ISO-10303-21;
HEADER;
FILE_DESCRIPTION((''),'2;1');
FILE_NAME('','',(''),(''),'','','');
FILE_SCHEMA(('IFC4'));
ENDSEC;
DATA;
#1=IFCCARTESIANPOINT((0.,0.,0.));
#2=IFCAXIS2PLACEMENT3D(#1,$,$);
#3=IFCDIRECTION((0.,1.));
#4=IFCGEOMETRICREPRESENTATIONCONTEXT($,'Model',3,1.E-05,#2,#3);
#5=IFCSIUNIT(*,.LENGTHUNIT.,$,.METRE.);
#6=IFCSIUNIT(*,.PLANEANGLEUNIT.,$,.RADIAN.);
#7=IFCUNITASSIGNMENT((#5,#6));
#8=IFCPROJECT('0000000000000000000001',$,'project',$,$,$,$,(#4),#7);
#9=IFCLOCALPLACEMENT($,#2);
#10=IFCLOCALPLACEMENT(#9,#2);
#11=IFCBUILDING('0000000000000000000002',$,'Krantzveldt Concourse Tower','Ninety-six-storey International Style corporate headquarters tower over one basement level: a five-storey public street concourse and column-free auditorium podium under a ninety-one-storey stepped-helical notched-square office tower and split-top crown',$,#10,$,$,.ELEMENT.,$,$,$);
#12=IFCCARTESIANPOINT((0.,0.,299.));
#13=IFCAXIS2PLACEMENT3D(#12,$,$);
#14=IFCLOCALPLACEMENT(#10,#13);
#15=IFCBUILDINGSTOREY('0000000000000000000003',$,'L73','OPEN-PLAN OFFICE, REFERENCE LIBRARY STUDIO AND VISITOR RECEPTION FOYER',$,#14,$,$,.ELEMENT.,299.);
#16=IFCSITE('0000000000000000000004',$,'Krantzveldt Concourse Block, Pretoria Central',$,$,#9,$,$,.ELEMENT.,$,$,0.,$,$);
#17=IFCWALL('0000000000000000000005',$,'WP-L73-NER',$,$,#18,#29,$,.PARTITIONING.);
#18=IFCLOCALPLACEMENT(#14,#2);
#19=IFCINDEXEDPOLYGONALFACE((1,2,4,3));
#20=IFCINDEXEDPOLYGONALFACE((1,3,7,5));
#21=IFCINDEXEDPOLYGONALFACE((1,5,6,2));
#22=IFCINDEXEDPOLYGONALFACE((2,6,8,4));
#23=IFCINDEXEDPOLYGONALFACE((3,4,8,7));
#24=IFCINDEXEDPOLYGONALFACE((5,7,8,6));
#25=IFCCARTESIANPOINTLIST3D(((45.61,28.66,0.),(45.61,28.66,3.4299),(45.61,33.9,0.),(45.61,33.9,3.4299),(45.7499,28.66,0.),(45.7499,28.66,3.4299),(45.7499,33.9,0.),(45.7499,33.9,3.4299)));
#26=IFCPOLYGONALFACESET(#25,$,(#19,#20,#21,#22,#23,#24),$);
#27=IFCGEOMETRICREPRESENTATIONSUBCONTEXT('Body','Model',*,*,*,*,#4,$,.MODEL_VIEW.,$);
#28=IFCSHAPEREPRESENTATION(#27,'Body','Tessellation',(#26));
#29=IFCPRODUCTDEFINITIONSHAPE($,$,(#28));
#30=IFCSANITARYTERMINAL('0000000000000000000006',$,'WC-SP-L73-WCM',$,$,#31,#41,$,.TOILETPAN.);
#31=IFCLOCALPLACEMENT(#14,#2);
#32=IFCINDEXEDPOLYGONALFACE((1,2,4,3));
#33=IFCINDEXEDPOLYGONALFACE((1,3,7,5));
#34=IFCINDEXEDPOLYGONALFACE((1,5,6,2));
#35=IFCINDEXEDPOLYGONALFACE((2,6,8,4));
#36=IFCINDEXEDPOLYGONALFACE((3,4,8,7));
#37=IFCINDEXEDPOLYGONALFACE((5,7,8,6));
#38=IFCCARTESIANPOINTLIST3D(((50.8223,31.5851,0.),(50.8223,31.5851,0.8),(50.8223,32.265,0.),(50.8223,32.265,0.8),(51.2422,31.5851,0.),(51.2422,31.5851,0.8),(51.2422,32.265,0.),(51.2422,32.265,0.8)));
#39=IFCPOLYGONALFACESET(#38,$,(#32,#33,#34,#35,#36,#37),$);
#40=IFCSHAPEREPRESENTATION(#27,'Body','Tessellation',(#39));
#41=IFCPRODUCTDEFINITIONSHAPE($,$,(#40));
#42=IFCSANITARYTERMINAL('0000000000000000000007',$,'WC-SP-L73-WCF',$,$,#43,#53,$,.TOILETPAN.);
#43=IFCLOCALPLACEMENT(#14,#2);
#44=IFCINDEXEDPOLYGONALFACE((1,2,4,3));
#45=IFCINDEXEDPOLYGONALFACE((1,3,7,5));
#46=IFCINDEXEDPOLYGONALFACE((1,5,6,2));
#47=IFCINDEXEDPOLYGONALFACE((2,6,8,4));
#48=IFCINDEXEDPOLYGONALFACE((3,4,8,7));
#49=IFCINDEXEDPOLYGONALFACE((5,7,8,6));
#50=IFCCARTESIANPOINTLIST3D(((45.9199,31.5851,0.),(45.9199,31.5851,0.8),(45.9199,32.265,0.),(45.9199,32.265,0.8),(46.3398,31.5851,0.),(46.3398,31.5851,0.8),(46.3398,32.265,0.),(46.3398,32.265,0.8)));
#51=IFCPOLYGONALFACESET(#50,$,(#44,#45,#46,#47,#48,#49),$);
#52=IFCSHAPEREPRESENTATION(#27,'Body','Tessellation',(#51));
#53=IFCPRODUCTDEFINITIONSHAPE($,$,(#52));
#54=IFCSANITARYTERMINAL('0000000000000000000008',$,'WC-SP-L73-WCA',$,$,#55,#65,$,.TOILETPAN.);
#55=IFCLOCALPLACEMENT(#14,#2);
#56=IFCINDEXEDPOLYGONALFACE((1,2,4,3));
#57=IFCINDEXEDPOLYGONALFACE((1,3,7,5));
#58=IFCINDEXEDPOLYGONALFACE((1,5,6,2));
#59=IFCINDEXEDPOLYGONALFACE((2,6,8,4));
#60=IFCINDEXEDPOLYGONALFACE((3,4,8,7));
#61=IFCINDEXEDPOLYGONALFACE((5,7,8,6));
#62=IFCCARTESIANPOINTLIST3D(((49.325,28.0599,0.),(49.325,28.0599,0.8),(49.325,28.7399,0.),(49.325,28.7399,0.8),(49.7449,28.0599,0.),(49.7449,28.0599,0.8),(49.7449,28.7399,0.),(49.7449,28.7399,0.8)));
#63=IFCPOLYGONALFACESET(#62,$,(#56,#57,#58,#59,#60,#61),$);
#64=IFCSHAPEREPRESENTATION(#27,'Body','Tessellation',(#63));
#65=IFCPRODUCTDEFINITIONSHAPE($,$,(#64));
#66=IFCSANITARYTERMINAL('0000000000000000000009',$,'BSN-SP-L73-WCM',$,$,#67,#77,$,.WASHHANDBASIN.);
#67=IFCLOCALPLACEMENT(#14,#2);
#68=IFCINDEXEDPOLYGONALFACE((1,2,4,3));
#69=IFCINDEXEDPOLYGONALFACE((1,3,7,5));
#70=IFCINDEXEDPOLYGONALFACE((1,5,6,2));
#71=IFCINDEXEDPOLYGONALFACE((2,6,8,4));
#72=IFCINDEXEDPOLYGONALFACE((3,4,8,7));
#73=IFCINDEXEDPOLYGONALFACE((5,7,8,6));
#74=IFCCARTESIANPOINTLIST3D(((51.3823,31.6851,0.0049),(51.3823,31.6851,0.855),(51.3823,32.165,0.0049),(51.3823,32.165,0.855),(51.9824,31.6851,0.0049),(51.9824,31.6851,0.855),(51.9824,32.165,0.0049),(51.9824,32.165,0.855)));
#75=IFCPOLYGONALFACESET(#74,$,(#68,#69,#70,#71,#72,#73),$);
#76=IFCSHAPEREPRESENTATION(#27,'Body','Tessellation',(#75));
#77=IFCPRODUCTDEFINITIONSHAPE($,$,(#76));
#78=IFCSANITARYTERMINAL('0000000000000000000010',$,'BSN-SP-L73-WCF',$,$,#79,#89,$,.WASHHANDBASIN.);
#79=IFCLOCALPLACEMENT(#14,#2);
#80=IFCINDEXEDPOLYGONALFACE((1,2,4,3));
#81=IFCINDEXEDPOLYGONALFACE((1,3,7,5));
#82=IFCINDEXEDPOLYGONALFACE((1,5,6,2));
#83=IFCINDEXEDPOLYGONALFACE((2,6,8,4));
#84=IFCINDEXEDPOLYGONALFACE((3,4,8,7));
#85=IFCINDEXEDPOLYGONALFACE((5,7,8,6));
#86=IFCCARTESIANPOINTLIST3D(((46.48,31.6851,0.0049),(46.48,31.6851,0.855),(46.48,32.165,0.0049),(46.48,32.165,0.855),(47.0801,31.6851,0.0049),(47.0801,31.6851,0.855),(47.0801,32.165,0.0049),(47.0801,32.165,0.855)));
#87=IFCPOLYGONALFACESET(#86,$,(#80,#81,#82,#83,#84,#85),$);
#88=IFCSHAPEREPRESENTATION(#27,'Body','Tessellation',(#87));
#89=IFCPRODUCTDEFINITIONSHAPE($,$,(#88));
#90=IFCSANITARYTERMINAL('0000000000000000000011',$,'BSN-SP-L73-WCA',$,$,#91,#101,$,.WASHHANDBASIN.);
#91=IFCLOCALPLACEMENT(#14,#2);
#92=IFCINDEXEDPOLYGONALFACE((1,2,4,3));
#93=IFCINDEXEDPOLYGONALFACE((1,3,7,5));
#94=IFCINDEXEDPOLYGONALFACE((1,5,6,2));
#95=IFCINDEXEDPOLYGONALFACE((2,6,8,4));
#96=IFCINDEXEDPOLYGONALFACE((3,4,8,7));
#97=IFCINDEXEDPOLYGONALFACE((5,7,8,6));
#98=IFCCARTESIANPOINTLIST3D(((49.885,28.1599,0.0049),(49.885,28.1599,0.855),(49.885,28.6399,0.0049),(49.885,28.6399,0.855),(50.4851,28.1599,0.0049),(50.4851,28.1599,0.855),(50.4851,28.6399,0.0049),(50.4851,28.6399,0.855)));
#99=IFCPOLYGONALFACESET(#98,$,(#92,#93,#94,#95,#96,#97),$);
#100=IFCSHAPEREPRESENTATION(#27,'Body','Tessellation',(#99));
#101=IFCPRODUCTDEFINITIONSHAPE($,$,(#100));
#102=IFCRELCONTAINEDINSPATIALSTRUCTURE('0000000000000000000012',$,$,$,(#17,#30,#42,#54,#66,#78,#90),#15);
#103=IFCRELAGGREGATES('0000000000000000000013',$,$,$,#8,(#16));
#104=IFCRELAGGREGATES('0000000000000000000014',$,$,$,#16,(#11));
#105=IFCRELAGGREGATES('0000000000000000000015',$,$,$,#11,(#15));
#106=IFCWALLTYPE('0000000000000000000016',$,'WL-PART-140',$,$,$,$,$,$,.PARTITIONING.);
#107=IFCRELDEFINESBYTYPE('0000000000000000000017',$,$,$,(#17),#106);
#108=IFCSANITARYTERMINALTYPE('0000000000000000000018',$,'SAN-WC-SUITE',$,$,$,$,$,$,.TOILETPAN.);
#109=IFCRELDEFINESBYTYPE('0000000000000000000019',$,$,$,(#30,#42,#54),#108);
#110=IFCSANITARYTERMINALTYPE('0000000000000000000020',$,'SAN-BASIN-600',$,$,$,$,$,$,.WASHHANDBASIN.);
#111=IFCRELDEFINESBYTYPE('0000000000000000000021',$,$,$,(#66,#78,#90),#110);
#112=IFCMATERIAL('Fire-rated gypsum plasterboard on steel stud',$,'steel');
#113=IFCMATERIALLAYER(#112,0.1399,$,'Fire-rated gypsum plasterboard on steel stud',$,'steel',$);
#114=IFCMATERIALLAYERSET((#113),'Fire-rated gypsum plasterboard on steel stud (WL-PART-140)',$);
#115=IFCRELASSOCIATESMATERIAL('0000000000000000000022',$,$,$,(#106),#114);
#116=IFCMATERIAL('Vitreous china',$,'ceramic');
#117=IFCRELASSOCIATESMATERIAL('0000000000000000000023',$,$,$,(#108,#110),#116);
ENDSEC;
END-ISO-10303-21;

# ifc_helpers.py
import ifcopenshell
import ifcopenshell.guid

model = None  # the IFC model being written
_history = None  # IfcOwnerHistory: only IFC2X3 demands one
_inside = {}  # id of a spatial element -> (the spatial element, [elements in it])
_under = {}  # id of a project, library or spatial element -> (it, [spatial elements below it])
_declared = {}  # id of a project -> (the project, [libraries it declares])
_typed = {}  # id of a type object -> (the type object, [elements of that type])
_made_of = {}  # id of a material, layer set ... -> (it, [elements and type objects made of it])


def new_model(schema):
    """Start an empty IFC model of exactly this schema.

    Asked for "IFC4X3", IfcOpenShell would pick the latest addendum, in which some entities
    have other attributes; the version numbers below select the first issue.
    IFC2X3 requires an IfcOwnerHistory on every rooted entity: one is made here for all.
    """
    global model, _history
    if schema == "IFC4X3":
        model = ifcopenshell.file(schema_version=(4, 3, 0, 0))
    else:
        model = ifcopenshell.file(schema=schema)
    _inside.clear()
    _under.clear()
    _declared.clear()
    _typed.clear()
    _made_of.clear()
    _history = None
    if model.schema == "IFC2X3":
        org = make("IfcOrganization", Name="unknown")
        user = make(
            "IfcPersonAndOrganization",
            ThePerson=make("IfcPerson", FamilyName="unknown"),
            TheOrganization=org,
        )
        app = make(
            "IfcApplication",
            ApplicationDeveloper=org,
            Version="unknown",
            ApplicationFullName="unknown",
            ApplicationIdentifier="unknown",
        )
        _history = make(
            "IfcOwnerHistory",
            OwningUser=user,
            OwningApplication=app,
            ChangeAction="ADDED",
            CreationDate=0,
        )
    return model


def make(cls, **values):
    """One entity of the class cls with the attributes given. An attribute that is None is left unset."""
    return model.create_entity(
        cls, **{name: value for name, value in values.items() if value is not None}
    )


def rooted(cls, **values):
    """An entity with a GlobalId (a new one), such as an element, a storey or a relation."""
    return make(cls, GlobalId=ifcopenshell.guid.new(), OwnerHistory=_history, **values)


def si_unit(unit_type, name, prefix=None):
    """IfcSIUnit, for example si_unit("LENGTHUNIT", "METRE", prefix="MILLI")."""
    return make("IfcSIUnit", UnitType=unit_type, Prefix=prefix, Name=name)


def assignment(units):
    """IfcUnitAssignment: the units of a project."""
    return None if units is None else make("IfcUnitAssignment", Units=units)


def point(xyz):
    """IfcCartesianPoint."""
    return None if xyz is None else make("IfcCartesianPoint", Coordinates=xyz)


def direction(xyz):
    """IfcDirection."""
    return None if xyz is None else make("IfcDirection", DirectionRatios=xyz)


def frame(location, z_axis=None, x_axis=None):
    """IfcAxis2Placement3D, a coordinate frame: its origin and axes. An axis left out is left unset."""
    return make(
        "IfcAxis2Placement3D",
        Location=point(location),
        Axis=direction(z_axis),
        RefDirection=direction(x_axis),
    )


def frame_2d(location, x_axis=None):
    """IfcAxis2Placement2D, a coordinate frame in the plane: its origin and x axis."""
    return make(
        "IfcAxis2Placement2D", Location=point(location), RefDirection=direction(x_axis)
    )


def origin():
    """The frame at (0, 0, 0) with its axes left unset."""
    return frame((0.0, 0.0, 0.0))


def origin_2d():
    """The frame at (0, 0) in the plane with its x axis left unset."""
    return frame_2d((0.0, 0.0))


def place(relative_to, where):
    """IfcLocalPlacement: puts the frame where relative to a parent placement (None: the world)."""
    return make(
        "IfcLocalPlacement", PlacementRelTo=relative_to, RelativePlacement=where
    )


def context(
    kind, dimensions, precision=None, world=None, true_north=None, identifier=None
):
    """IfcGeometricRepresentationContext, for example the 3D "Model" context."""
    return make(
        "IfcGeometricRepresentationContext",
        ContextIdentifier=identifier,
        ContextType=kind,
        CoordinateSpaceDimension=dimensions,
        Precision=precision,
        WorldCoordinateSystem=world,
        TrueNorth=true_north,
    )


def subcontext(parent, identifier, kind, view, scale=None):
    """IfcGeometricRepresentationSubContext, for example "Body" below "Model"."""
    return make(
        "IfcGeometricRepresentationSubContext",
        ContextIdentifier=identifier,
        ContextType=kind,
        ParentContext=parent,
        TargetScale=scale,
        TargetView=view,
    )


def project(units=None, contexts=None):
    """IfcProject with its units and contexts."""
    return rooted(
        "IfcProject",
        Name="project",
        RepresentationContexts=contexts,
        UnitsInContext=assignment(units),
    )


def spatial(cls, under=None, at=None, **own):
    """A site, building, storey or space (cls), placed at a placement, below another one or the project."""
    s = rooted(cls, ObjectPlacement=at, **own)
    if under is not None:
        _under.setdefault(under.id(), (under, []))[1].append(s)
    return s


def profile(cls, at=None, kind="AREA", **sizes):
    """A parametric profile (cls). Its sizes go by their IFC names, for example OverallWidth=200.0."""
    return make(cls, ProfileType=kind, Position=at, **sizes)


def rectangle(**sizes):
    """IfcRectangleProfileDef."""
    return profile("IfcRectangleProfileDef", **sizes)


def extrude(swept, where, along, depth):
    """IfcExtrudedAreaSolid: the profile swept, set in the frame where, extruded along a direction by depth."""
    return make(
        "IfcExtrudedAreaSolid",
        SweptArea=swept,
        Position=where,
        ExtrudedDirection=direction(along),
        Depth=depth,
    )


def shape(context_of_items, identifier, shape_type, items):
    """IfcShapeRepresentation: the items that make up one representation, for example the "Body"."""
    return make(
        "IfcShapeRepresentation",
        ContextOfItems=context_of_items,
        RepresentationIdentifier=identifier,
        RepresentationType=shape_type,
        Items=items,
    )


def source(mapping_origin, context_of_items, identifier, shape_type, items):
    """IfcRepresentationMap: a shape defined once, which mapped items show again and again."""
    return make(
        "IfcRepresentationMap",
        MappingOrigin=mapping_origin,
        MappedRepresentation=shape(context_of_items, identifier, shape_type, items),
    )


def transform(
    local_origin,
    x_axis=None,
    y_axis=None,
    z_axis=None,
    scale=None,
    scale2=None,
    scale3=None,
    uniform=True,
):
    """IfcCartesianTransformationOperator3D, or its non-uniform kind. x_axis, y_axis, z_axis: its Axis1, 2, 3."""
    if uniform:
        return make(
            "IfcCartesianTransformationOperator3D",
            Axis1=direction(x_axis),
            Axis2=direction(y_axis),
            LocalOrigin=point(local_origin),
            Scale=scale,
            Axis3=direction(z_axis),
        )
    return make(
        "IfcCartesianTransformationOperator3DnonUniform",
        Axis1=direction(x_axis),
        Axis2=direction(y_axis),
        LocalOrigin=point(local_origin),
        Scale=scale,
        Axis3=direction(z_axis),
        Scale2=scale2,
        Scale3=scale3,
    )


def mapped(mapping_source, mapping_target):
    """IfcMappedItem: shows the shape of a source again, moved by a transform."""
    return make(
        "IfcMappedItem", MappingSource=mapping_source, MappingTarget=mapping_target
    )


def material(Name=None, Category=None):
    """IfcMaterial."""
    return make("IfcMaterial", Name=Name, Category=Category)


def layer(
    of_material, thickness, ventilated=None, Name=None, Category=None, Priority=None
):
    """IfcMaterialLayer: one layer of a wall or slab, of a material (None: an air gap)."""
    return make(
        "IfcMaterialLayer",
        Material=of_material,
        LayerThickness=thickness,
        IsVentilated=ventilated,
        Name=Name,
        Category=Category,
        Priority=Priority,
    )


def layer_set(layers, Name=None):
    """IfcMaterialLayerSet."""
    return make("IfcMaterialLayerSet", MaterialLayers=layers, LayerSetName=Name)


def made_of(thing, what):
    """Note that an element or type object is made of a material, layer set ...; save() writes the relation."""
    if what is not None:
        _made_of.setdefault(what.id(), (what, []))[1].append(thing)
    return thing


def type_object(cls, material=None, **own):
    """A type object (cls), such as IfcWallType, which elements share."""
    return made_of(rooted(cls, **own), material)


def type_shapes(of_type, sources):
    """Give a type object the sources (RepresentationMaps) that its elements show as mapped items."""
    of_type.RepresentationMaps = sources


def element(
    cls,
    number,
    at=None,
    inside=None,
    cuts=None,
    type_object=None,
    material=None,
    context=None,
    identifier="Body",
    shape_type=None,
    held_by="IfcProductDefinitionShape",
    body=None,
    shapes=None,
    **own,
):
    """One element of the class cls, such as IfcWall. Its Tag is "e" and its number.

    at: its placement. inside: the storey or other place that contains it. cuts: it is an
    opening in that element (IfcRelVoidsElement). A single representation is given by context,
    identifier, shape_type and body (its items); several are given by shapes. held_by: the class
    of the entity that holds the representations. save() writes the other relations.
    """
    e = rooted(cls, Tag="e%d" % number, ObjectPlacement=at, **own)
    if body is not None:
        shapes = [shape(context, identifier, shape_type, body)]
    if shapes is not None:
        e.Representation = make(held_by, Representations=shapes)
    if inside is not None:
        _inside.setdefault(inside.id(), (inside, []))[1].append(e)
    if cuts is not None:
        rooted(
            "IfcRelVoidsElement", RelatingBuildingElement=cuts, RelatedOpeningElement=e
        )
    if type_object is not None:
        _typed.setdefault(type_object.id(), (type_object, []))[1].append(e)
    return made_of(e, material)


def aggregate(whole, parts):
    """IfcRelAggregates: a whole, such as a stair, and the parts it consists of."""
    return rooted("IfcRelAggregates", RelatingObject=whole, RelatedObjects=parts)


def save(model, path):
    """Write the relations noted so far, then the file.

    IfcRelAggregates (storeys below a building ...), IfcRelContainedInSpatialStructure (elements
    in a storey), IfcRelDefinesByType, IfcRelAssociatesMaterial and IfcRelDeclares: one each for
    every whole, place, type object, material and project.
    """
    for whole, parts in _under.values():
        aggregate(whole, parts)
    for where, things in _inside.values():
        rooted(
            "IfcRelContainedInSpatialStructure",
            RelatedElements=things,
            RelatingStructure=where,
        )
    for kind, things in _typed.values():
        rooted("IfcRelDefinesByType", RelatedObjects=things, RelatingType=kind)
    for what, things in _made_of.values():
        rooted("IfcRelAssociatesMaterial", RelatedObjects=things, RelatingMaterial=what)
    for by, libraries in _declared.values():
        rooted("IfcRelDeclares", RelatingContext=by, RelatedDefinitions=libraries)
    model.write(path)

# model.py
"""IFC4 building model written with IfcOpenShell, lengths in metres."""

from ifc_helpers import new_model, si_unit, direction, frame, frame_2d, origin, origin_2d, place, context, subcontext, project, spatial, rectangle, extrude, source, transform, mapped, material, layer, layer_set, type_object, type_shapes, element, save


model = new_model("IFC4")

# Units and contexts
model_context = context("Model", 3, precision=1e-05, world=origin(), true_north=direction((0.0, 1.0)))
body_context = subcontext(model_context, "Body", "Model", "MODEL_VIEW")
ifc_project = project(units=[si_unit("LENGTHUNIT", "METRE"), si_unit("PLANEANGLEUNIT", "RADIAN")], contexts=[model_context])

# Site, building, storey
site_placement = place(None, origin())
site = spatial("IfcSite", under=ifc_project, at=site_placement, Name="Krantzveldt Concourse Block, Pretoria Central", CompositionType="ELEMENT", RefElevation=0.0)
building_placement = place(site_placement, origin())
building = spatial("IfcBuilding", under=site, at=building_placement, Name="Krantzveldt Concourse Tower", Description="Ninety-six-storey International Style corporate headquarters tower over one basement level: a five-storey public street concourse and column-free auditorium podium under a ninety-one-storey stepped-helical notched-square office tower and split-top crown", CompositionType="ELEMENT")
storey_placement = place(building_placement, frame((0.0, 0.0, 299.0)))
storey = spatial("IfcBuildingStorey", under=building, at=storey_placement, Name="L73", Description="OPEN-PLAN OFFICE, REFERENCE LIBRARY STUDIO AND VISITOR RECEPTION FOYER", CompositionType="ELEMENT", Elevation=299.0)

# Shared definitions
ifc_material_1 = material(Name="Fire-rated gypsum plasterboard on steel stud", Category="steel")

# Wall
ifc_layer_1 = layer(ifc_material_1, 0.1399, Name="Fire-rated gypsum plasterboard on steel stud", Category="steel")
ifc_layer_set_1 = layer_set([ifc_layer_1], Name="Fire-rated gypsum plasterboard on steel stud (WL-PART-140)")
wall_type_1 = type_object("IfcWallType", Name="WL-PART-140", PredefinedType="PARTITIONING", material=ifc_layer_set_1)
wall_1_placement = place(storey_placement, frame((45.6799, 28.6599, 0.0), z_axis=(0.0, 0.0, 1.0), x_axis=(0.0, 1.0, 0.0)))
element("IfcWall", 1, at=wall_1_placement, inside=storey, type_object=wall_type_1, Name="WP-L73-NER", PredefinedType="PARTITIONING", context=body_context, shape_type="SweptSolid", body=[
    extrude(rectangle(XDim=5.24, YDim=0.1399, at=frame_2d((2.6201, 0.0))), origin(), (0.0, 0.0, 1.0), 3.4299),
])

# Sanitary terminals
ifc_material_2 = material(Name="Vitreous china", Category="ceramic")
sanitary_terminal_type_1 = type_object("IfcSanitaryTerminalType", Name="SAN-WC-SUITE", PredefinedType="TOILETPAN", material=ifc_material_2)
shared_shape_1 = source(origin(), body_context, "Body", "SweptSolid", [
    extrude(rectangle(XDim=0.4199, YDim=0.6799, at=origin_2d()), origin(), (0.0, 0.0, 1.0), 0.8),
])
type_shapes(sanitary_terminal_type_1, [shared_shape_1])
for number, where, z_axis, x_axis, name in (
    (2, (51.0322, 31.925, 0.0), (0.0, 0.0, 1.0), (1.0, 0.0, 0.0), "WC-SP-L73-WCM"),
    (3, (46.1299, 31.925, 0.0), (0.0, 0.0, 1.0), (1.0, 0.0, 0.0), "WC-SP-L73-WCF"),
    (4, (49.5349, 28.3999, 0.0), (0.0, 0.0, 1.0), (1.0, 0.0, 0.0), "WC-SP-L73-WCA"),
):
    element("IfcSanitaryTerminal", number, at=place(storey_placement, frame(where, z_axis=z_axis, x_axis=x_axis)), inside=storey, type_object=sanitary_terminal_type_1, Name=name, PredefinedType="TOILETPAN", context=body_context, shape_type="MappedRepresentation", body=[
        mapped(shared_shape_1, transform((0.0, 0.0, 0.0), x_axis=(1.0, 0.0, 0.0), y_axis=(0.0, 1.0, 0.0), z_axis=(0.0, 0.0, 1.0), scale=1.0)),
    ])
sanitary_terminal_type_2 = type_object("IfcSanitaryTerminalType", Name="SAN-BASIN-600", PredefinedType="WASHHANDBASIN", material=ifc_material_2)
shared_shape_2 = source(origin(), body_context, "Body", "SweptSolid", [
    extrude(rectangle(XDim=0.6001, YDim=0.48, at=origin_2d()), origin(), (0.0, 0.0, 1.0), 0.8501),
])
type_shapes(sanitary_terminal_type_2, [shared_shape_2])
for number, where, z_axis, x_axis, name in (
    (5, (51.6824, 31.925, 0.0049), (0.0, 0.0, 1.0), (1.0, 0.0, 0.0), "BSN-SP-L73-WCM"),
    (6, (46.78, 31.925, 0.0049), (0.0, 0.0, 1.0), (1.0, 0.0, 0.0), "BSN-SP-L73-WCF"),
    (7, (50.1851, 28.3999, 0.0049), (0.0, 0.0, 1.0), (1.0, 0.0, 0.0), "BSN-SP-L73-WCA"),
):
    element("IfcSanitaryTerminal", number, at=place(storey_placement, frame(where, z_axis=z_axis, x_axis=x_axis)), inside=storey, type_object=sanitary_terminal_type_2, Name=name, PredefinedType="WASHHANDBASIN", context=body_context, shape_type="MappedRepresentation", body=[
        mapped(shared_shape_2, transform((0.0, 0.0, 0.0), x_axis=(1.0, 0.0, 0.0), y_axis=(0.0, 1.0, 0.0), z_axis=(0.0, 0.0, 1.0), scale=1.0)),
    ])

save(model, "model.ifc")
